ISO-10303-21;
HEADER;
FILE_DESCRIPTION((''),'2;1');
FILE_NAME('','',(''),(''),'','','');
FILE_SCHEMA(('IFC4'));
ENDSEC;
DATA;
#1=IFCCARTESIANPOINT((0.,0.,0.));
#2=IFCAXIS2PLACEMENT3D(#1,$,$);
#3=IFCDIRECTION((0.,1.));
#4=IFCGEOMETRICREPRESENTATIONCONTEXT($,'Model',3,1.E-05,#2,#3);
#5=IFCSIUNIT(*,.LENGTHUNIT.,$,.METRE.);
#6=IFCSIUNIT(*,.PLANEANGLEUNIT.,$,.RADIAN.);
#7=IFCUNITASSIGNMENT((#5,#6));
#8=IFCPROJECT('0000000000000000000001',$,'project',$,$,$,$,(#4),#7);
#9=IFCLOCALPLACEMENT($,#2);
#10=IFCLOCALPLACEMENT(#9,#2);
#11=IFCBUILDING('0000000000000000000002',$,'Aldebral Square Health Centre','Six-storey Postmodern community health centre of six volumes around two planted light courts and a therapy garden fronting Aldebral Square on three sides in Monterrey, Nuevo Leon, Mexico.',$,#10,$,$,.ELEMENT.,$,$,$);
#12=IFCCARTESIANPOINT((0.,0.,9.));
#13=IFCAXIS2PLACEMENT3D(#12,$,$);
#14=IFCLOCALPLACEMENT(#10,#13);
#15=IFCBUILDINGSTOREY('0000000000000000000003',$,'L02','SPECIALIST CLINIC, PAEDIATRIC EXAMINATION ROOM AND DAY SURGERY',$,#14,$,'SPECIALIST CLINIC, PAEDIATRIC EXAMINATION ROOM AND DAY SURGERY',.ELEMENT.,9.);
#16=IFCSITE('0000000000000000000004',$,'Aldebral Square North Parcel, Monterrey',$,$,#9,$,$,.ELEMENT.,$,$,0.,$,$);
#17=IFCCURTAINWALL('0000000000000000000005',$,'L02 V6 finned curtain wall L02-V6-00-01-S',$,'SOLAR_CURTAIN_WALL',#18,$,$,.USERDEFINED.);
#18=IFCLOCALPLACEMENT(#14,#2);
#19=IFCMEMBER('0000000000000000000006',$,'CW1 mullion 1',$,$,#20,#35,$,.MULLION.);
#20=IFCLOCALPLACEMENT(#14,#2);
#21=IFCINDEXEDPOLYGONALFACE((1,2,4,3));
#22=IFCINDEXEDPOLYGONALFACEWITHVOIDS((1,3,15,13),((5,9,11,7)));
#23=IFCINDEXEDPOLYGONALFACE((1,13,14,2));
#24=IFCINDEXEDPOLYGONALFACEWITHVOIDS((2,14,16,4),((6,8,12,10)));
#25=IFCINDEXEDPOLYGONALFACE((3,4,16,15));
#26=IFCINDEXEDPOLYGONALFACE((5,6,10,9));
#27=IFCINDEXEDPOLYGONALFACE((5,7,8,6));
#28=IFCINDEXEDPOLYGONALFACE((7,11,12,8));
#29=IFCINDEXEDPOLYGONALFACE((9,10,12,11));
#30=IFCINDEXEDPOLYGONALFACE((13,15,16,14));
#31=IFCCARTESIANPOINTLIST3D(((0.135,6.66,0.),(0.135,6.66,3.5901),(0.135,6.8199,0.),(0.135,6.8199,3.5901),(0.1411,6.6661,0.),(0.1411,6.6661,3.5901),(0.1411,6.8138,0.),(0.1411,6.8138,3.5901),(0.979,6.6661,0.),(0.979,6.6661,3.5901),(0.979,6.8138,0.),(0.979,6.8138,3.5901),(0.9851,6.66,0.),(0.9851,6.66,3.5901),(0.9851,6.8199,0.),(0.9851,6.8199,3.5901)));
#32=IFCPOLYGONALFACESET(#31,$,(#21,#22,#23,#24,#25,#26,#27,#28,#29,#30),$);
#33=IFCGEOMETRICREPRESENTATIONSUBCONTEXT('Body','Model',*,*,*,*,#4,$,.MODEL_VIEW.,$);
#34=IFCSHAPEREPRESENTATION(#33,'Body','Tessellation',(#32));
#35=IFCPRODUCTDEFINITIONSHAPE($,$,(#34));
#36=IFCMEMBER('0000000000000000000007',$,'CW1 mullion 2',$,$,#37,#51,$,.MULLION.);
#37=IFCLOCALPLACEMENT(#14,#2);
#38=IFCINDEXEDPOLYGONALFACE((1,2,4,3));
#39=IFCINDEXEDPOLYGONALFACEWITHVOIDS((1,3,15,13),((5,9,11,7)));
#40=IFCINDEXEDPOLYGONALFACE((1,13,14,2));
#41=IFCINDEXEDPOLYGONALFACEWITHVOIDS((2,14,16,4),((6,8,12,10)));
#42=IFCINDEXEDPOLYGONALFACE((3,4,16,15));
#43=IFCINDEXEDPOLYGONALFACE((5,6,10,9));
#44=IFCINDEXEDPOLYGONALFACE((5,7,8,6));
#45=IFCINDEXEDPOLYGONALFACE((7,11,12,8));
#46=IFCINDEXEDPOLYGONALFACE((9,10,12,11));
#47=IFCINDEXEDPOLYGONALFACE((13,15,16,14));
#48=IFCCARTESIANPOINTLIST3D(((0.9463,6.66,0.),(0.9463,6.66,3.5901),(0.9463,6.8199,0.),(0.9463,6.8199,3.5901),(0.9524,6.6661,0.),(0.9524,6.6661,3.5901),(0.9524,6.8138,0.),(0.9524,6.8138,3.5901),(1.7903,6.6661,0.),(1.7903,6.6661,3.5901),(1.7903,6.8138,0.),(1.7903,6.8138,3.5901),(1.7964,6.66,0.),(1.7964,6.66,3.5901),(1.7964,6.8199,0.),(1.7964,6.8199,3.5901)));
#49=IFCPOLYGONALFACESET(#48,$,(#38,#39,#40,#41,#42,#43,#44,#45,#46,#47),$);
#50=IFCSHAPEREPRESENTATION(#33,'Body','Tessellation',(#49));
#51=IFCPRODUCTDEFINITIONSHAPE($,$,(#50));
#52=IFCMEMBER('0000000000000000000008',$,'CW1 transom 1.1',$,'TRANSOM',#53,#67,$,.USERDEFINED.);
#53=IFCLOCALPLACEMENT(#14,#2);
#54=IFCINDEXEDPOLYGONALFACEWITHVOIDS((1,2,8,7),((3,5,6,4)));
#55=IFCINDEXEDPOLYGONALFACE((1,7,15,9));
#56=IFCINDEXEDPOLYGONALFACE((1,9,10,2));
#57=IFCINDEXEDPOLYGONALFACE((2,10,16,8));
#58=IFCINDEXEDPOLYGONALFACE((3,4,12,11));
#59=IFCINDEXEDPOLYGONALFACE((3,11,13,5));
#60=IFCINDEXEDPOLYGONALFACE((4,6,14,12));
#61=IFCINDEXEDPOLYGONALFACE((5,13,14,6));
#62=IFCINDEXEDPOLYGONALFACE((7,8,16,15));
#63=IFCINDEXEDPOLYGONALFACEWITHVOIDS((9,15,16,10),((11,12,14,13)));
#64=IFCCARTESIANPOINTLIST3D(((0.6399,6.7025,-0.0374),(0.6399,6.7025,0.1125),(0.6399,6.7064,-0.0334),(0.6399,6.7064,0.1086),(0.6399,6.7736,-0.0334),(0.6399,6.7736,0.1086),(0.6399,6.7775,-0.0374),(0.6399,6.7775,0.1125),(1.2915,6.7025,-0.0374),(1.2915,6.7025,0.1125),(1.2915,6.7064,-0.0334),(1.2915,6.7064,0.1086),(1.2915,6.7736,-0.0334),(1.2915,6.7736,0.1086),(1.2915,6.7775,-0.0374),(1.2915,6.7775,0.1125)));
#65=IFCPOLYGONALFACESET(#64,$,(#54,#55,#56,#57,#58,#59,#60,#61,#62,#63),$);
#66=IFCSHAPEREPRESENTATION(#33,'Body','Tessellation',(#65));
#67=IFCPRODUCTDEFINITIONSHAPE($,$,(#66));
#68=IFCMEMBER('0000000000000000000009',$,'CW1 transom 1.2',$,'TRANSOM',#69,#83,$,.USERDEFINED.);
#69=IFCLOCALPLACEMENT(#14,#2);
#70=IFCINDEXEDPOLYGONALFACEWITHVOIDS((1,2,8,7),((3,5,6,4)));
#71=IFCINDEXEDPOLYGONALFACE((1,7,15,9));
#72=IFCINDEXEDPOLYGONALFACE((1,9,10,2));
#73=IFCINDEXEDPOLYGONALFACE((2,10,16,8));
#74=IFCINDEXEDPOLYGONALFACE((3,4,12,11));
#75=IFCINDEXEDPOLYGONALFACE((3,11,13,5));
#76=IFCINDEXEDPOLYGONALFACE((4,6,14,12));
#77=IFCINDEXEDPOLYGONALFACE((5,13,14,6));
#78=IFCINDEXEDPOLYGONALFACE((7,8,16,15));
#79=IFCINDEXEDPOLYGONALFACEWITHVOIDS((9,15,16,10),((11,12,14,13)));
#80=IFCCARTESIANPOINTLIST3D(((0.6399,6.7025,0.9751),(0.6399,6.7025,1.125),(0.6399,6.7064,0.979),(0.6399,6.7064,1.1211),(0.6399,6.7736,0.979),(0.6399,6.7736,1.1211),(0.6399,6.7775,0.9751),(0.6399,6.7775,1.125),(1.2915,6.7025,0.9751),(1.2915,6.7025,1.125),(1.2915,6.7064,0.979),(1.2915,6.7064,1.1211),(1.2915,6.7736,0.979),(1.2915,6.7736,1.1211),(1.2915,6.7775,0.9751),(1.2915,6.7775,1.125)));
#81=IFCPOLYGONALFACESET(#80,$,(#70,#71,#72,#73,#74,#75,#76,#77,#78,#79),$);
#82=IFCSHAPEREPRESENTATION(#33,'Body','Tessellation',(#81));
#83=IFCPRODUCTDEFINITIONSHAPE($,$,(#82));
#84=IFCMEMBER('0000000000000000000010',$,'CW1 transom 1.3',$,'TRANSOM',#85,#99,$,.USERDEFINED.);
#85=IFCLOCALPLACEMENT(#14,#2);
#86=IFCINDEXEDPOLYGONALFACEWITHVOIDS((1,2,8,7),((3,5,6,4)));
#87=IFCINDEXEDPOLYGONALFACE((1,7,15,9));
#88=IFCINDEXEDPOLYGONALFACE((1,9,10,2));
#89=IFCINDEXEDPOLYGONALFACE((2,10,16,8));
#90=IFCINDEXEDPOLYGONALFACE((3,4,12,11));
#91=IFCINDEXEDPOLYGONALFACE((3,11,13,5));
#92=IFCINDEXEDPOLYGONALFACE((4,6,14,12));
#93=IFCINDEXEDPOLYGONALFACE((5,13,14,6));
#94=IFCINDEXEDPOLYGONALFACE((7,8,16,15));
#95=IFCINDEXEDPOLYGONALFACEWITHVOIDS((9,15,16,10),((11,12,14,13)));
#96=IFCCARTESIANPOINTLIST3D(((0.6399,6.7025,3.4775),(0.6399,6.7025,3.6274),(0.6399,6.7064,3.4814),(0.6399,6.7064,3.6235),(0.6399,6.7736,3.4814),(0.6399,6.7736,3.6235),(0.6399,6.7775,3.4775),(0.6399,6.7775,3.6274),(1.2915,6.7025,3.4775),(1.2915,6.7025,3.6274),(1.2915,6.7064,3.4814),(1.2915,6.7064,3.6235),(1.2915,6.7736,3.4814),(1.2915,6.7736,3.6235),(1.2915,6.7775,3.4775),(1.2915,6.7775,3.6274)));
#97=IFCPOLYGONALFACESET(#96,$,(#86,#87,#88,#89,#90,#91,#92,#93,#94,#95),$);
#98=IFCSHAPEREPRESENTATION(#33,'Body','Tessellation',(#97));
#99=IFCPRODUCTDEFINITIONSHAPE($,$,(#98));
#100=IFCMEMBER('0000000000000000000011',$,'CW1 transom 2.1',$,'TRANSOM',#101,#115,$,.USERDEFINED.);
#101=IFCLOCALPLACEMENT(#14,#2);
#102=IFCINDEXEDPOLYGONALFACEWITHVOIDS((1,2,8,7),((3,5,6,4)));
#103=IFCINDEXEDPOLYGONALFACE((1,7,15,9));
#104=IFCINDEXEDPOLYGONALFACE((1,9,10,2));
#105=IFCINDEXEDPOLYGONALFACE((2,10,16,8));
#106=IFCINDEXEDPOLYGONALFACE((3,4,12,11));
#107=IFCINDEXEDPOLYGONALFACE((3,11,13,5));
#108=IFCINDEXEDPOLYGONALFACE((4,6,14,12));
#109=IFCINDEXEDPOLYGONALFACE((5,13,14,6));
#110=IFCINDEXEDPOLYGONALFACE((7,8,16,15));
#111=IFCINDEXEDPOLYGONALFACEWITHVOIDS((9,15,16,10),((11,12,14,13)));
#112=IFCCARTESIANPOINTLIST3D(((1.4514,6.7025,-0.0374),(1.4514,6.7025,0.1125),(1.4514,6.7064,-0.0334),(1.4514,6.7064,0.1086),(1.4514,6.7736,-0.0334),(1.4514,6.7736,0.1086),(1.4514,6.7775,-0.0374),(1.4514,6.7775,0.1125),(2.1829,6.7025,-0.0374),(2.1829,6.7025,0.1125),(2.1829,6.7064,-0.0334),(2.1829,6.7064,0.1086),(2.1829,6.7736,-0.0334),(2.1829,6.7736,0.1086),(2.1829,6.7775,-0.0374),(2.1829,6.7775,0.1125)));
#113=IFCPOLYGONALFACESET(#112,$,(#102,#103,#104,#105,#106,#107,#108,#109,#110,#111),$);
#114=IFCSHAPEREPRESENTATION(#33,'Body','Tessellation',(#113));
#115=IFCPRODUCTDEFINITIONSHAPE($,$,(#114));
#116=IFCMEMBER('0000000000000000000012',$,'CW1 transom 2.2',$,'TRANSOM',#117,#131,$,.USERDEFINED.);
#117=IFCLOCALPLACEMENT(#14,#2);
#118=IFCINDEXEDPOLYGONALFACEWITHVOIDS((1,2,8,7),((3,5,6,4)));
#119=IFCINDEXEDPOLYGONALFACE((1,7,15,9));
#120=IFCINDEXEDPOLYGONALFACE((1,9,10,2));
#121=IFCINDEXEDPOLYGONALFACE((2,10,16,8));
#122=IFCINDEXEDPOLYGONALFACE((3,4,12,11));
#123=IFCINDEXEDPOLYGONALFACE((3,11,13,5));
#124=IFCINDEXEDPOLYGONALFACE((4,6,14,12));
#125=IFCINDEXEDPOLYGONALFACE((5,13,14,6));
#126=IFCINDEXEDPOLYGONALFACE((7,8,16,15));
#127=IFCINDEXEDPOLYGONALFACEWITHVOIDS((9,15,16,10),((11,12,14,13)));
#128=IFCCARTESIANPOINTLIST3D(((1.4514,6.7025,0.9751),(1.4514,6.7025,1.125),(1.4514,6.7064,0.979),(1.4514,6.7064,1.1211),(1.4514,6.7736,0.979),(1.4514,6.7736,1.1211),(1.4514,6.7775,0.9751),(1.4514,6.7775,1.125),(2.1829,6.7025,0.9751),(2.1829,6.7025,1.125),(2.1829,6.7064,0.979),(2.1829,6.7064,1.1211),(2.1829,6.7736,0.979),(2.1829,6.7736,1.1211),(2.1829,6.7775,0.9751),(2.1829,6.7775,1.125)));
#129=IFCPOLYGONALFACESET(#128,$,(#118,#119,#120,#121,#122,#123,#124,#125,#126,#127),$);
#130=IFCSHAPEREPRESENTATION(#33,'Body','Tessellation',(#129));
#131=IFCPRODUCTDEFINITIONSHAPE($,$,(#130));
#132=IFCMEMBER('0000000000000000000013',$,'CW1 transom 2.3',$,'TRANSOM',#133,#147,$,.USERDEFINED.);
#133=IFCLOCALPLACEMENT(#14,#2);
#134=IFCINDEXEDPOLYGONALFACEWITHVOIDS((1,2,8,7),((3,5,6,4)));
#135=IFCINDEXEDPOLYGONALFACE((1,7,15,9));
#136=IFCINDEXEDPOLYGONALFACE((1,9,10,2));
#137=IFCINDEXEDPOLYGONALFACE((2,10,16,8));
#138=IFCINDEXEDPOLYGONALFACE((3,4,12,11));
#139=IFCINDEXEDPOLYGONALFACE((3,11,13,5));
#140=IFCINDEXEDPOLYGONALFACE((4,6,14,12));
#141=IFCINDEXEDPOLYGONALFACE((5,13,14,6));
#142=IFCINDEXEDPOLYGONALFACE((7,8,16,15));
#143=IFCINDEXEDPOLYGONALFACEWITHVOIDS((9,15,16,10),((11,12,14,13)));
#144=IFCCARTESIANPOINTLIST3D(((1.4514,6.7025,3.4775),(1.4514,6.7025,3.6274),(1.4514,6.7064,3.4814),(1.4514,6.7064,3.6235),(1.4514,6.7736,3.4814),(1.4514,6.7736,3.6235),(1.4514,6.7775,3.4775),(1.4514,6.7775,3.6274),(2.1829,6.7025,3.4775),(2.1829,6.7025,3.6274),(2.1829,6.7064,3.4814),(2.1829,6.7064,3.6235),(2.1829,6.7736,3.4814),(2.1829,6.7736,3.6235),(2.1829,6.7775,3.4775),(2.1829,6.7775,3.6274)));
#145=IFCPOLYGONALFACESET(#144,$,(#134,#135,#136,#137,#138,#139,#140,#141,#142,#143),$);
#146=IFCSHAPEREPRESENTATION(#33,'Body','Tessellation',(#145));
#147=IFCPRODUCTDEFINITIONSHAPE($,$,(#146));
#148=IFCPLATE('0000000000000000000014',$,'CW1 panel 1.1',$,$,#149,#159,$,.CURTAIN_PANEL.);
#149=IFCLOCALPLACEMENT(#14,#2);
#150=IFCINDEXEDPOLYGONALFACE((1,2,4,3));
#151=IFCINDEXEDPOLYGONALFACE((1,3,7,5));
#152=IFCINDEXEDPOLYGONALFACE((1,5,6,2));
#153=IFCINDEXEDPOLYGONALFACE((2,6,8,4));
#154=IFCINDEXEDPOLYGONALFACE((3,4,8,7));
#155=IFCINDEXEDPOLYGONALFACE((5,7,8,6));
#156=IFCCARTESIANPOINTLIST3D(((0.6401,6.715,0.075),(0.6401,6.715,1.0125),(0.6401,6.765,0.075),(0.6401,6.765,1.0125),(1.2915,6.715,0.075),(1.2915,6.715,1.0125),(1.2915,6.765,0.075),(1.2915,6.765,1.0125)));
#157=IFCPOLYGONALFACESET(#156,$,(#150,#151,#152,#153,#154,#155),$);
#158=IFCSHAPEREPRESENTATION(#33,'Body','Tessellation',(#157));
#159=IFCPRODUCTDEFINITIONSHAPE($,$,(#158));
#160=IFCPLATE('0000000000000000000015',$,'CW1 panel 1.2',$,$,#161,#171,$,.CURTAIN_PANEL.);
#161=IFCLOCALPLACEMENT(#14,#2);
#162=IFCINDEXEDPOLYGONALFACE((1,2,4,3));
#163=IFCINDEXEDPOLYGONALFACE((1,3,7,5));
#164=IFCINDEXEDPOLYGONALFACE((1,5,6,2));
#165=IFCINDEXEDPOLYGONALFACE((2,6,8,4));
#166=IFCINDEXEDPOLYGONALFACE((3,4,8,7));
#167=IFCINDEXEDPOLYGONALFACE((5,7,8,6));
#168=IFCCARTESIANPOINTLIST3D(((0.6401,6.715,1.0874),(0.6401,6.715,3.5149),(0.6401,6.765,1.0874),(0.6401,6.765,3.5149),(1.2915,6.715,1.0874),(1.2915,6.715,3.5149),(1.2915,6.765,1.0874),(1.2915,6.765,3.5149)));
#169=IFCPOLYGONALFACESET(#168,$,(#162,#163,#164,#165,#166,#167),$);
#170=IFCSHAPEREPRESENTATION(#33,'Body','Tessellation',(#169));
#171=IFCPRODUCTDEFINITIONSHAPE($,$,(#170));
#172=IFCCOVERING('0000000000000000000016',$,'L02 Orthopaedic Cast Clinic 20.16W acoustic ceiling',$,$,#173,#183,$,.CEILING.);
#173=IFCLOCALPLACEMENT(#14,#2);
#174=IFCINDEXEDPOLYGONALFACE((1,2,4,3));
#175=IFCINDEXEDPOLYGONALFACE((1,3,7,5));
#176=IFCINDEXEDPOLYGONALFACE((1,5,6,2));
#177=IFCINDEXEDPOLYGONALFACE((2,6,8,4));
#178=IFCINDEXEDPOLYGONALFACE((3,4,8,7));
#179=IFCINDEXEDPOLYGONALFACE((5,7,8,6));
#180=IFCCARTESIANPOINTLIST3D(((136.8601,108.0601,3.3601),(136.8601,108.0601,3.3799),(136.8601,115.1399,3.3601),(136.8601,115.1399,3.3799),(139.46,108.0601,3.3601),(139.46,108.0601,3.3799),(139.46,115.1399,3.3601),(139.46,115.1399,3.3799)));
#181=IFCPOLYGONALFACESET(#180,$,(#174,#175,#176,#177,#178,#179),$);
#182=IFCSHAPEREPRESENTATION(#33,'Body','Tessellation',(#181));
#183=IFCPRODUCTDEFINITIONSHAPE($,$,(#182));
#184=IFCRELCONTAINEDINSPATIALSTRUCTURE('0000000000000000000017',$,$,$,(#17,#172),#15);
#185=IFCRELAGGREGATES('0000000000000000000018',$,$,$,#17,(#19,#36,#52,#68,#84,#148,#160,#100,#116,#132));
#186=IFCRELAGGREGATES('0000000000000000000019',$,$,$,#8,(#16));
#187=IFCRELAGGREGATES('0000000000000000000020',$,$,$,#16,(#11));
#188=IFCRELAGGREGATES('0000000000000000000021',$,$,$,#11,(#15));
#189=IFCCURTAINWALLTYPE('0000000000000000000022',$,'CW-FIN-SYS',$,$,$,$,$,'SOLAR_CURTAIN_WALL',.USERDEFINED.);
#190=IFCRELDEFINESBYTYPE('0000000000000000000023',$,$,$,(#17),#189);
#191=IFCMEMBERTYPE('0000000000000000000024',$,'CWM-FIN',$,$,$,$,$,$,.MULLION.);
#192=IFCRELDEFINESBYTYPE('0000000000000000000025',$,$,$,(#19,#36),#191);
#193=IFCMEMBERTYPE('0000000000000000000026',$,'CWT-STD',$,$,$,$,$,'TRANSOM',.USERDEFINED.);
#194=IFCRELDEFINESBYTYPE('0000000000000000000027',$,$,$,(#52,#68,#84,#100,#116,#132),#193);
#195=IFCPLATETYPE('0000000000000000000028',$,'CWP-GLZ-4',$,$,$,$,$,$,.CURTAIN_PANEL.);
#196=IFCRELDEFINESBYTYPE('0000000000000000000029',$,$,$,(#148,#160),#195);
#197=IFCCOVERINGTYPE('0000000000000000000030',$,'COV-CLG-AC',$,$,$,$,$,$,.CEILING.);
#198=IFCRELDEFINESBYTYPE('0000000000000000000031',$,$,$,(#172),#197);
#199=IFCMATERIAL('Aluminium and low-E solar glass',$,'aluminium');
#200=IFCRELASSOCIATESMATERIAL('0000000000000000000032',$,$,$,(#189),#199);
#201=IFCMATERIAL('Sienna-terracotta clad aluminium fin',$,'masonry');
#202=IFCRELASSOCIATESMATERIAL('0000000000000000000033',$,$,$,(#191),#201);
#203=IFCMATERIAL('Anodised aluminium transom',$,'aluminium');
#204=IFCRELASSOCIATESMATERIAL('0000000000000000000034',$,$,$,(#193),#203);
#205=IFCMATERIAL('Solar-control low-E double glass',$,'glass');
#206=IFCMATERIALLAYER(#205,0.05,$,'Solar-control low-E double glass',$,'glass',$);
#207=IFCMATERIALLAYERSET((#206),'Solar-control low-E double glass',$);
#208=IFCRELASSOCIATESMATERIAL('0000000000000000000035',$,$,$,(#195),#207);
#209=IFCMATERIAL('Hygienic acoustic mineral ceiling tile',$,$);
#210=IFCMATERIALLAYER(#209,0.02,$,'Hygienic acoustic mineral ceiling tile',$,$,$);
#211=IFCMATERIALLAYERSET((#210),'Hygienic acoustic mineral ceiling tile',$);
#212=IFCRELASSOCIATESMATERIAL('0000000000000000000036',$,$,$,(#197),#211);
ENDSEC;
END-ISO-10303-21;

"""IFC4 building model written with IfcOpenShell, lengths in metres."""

from ifc_helpers import new_model, si_unit, direction, frame, origin, origin_2d, place, context, subcontext, project, spatial, polyline, rectangle, hollow_rectangle, outline, extrude, material, layer, layer_set, material_profile, profile_set, type_object, element, aggregate, save


model = new_model("IFC4")

# Units and contexts
model_context = context("Model", 3, precision=1e-05, world=origin(), true_north=direction((0.0, 1.0)))
body_context = subcontext(model_context, "Body", "Model", "MODEL_VIEW")
ifc_project = project(units=[si_unit("LENGTHUNIT", "METRE"), si_unit("PLANEANGLEUNIT", "RADIAN")], contexts=[model_context])

# Site, building, storey
site_placement = place(None, origin())
site = spatial("IfcSite", under=ifc_project, at=site_placement, Name="Aldebral Square North Parcel, Monterrey", CompositionType="ELEMENT", RefElevation=0.0)
building_placement = place(site_placement, origin())
building = spatial("IfcBuilding", under=site, at=building_placement, Name="Aldebral Square Health Centre", Description="Six-storey Postmodern community health centre of six volumes around two planted light courts and a therapy garden fronting Aldebral Square on three sides in Monterrey, Nuevo Leon, Mexico.", CompositionType="ELEMENT")
storey_placement = place(building_placement, frame((0.0, 0.0, 9.0)))
storey = spatial("IfcBuildingStorey", under=building, at=storey_placement, Name="L02", Description="SPECIALIST CLINIC, PAEDIATRIC EXAMINATION ROOM AND DAY SURGERY", LongName="SPECIALIST CLINIC, PAEDIATRIC EXAMINATION ROOM AND DAY SURGERY", CompositionType="ELEMENT", Elevation=9.0)

# Curtain wall, members, plates
ifc_material_1 = material(Name="Aluminium and low-E solar glass", Category="aluminium")
curtain_wall_type = type_object("IfcCurtainWallType", Name="CW-FIN-SYS", ElementType="SOLAR_CURTAIN_WALL", PredefinedType="USERDEFINED", material=ifc_material_1)
curtain_wall_placement = place(storey_placement, origin())
curtain_wall = element("IfcCurtainWall", 1, at=curtain_wall_placement, inside=storey, type_object=curtain_wall_type, Name="L02 V6 finned curtain wall L02-V6-00-01-S", ObjectType="SOLAR_CURTAIN_WALL", PredefinedType="USERDEFINED")
ifc_material_2 = material(Name="Sienna-terracotta clad aluminium fin", Category="masonry")
ifc_material_profile_1 = material_profile(ifc_material_2, hollow_rectangle(XDim=0.1599, YDim=0.8501, WallThickness=0.0061, at=origin_2d()), Name="FIN 160x850x6")
ifc_profile_set_1 = profile_set([ifc_material_profile_1], Name="Sienna-terracotta clad aluminium fin")
member_type_1 = type_object("IfcMemberType", Name="CWM-FIN", PredefinedType="MULLION", material=ifc_profile_set_1)
member_1_placement = place(storey_placement, frame((0.5601, 6.74, 0.0), z_axis=(0.0, 0.0, 1.0), x_axis=(0.0, 1.0, 0.0)))
member_1 = element("IfcMember", 2, at=member_1_placement, type_object=member_type_1, Name="CW1 mullion 1", PredefinedType="MULLION", context=body_context, shape_type="SweptSolid", body=[
    extrude(hollow_rectangle(XDim=0.1599, YDim=0.8501, WallThickness=0.0061, at=origin_2d()), origin(), (0.0, 0.0, 1.0), 3.5901),
])
member_2_placement = place(storey_placement, frame((1.3713, 6.74, 0.0), z_axis=(0.0, 0.0, 1.0), x_axis=(0.0, 1.0, 0.0)))
member_2 = element("IfcMember", 3, at=member_2_placement, type_object=member_type_1, Name="CW1 mullion 2", PredefinedType="MULLION", context=body_context, shape_type="SweptSolid", body=[
    extrude(hollow_rectangle(XDim=0.1599, YDim=0.8501, WallThickness=0.0061, at=origin_2d()), origin(), (0.0, 0.0, 1.0), 3.5901),
])
ifc_material_3 = material(Name="Anodised aluminium transom", Category="aluminium")
ifc_material_profile_2 = material_profile(ifc_material_3, hollow_rectangle(XDim=0.075, YDim=0.1499, WallThickness=0.0039, at=origin_2d()), Name="CWT 75x150x4")
ifc_profile_set_2 = profile_set([ifc_material_profile_2], Name="Anodised aluminium transom")
member_type_2 = type_object("IfcMemberType", Name="CWT-STD", ElementType="TRANSOM", PredefinedType="USERDEFINED", material=ifc_profile_set_2)
member_3_placement = place(storey_placement, frame((0.6399, 6.74, 0.0376), z_axis=(1.0, 0.0, 0.0), x_axis=(0.0, 1.0, 0.0)))
member_3 = element("IfcMember", 4, at=member_3_placement, type_object=member_type_2, Name="CW1 transom 1.1", ObjectType="TRANSOM", PredefinedType="USERDEFINED", context=body_context, shape_type="SweptSolid", body=[
    extrude(hollow_rectangle(XDim=0.075, YDim=0.1499, WallThickness=0.0039, at=origin_2d()), origin(), (0.0, 0.0, 1.0), 0.6516),
])
member_4_placement = place(storey_placement, frame((0.6399, 6.74, 1.05), z_axis=(1.0, 0.0, 0.0), x_axis=(0.0, 1.0, 0.0)))
member_4 = element("IfcMember", 5, at=member_4_placement, type_object=member_type_2, Name="CW1 transom 1.2", ObjectType="TRANSOM", PredefinedType="USERDEFINED", context=body_context, shape_type="SweptSolid", body=[
    extrude(hollow_rectangle(XDim=0.075, YDim=0.1499, WallThickness=0.0039, at=origin_2d()), origin(), (0.0, 0.0, 1.0), 0.6516),
])
member_5_placement = place(storey_placement, frame((0.6399, 6.74, 3.5525), z_axis=(1.0, 0.0, 0.0), x_axis=(0.0, 1.0, 0.0)))
member_5 = element("IfcMember", 6, at=member_5_placement, type_object=member_type_2, Name="CW1 transom 1.3", ObjectType="TRANSOM", PredefinedType="USERDEFINED", context=body_context, shape_type="SweptSolid", body=[
    extrude(hollow_rectangle(XDim=0.075, YDim=0.1499, WallThickness=0.0039, at=origin_2d()), origin(), (0.0, 0.0, 1.0), 0.6516),
])
member_6_placement = place(storey_placement, frame((1.4514, 6.74, 0.0376), z_axis=(1.0, 0.0, 0.0), x_axis=(0.0, 1.0, 0.0)))
member_6 = element("IfcMember", 7, at=member_6_placement, type_object=member_type_2, Name="CW1 transom 2.1", ObjectType="TRANSOM", PredefinedType="USERDEFINED", context=body_context, shape_type="SweptSolid", body=[
    extrude(hollow_rectangle(XDim=0.075, YDim=0.1499, WallThickness=0.0039, at=origin_2d()), origin(), (0.0, 0.0, 1.0), 0.7314),
])
member_7_placement = place(storey_placement, frame((1.4514, 6.74, 1.05), z_axis=(1.0, 0.0, 0.0), x_axis=(0.0, 1.0, 0.0)))
member_7 = element("IfcMember", 8, at=member_7_placement, type_object=member_type_2, Name="CW1 transom 2.2", ObjectType="TRANSOM", PredefinedType="USERDEFINED", context=body_context, shape_type="SweptSolid", body=[
    extrude(hollow_rectangle(XDim=0.075, YDim=0.1499, WallThickness=0.0039, at=origin_2d()), origin(), (0.0, 0.0, 1.0), 0.7314),
])
member_8_placement = place(storey_placement, frame((1.4514, 6.74, 3.5525), z_axis=(1.0, 0.0, 0.0), x_axis=(0.0, 1.0, 0.0)))
member_8 = element("IfcMember", 9, at=member_8_placement, type_object=member_type_2, Name="CW1 transom 2.3", ObjectType="TRANSOM", PredefinedType="USERDEFINED", context=body_context, shape_type="SweptSolid", body=[
    extrude(hollow_rectangle(XDim=0.075, YDim=0.1499, WallThickness=0.0039, at=origin_2d()), origin(), (0.0, 0.0, 1.0), 0.7314),
])
ifc_material_4 = material(Name="Solar-control low-E double glass", Category="glass")
ifc_layer_1 = layer(ifc_material_4, 0.05, Name="Solar-control low-E double glass", Category="glass")
ifc_layer_set_1 = layer_set([ifc_layer_1], Name="Solar-control low-E double glass")
plate_type = type_object("IfcPlateType", Name="CWP-GLZ-4", PredefinedType="CURTAIN_PANEL", material=ifc_layer_set_1)
plate_1_placement = place(storey_placement, frame((0.9658, 6.74, 0.075), z_axis=(0.0, 0.0, 1.0), x_axis=(1.0, 0.0, 0.0)))
plate_1 = element("IfcPlate", 10, at=plate_1_placement, type_object=plate_type, Name="CW1 panel 1.1", PredefinedType="CURTAIN_PANEL", context=body_context, shape_type="SweptSolid", body=[
    extrude(rectangle(XDim=0.6514, YDim=0.05, at=origin_2d()), origin(), (0.0, 0.0, 1.0), 0.9375),
])
plate_2_placement = place(storey_placement, frame((0.9658, 6.74, 1.0874), z_axis=(0.0, 0.0, 1.0), x_axis=(1.0, 0.0, 0.0)))
plate_2 = element("IfcPlate", 11, at=plate_2_placement, type_object=plate_type, Name="CW1 panel 1.2", PredefinedType="CURTAIN_PANEL", context=body_context, shape_type="SweptSolid", body=[
    extrude(rectangle(XDim=0.6514, YDim=0.05, at=origin_2d()), origin(), (0.0, 0.0, 1.0), 2.4275),
])
aggregate(curtain_wall, [member_1, member_2, member_3, member_4, member_5, plate_1, plate_2, member_6, member_7, member_8])

# Covering
ifc_material_5 = material(Name="Hygienic acoustic mineral ceiling tile")
ifc_layer_2 = layer(ifc_material_5, 0.02, Name="Hygienic acoustic mineral ceiling tile")
ifc_layer_set_2 = layer_set([ifc_layer_2], Name="Hygienic acoustic mineral ceiling tile")
covering_type_1 = type_object("IfcCoveringType", Name="COV-CLG-AC", PredefinedType="CEILING", material=ifc_layer_set_2)
covering_1_placement = place(storey_placement, frame((0.0, 0.0, 3.3601)))
element("IfcCovering", 12, at=covering_1_placement, inside=storey, type_object=covering_type_1, Name="L02 Orthopaedic Cast Clinic 20.16W acoustic ceiling", PredefinedType="CEILING", context=body_context, shape_type="SweptSolid", body=[
    extrude(outline(polyline([(136.8601, 108.0601), (139.46, 108.0601), (139.46, 115.1399), (136.8601, 115.1399), (136.8601, 108.0601)])), origin(), (0.0, 0.0, 1.0), 0.0198),
])

save(model, "model.ifc")
